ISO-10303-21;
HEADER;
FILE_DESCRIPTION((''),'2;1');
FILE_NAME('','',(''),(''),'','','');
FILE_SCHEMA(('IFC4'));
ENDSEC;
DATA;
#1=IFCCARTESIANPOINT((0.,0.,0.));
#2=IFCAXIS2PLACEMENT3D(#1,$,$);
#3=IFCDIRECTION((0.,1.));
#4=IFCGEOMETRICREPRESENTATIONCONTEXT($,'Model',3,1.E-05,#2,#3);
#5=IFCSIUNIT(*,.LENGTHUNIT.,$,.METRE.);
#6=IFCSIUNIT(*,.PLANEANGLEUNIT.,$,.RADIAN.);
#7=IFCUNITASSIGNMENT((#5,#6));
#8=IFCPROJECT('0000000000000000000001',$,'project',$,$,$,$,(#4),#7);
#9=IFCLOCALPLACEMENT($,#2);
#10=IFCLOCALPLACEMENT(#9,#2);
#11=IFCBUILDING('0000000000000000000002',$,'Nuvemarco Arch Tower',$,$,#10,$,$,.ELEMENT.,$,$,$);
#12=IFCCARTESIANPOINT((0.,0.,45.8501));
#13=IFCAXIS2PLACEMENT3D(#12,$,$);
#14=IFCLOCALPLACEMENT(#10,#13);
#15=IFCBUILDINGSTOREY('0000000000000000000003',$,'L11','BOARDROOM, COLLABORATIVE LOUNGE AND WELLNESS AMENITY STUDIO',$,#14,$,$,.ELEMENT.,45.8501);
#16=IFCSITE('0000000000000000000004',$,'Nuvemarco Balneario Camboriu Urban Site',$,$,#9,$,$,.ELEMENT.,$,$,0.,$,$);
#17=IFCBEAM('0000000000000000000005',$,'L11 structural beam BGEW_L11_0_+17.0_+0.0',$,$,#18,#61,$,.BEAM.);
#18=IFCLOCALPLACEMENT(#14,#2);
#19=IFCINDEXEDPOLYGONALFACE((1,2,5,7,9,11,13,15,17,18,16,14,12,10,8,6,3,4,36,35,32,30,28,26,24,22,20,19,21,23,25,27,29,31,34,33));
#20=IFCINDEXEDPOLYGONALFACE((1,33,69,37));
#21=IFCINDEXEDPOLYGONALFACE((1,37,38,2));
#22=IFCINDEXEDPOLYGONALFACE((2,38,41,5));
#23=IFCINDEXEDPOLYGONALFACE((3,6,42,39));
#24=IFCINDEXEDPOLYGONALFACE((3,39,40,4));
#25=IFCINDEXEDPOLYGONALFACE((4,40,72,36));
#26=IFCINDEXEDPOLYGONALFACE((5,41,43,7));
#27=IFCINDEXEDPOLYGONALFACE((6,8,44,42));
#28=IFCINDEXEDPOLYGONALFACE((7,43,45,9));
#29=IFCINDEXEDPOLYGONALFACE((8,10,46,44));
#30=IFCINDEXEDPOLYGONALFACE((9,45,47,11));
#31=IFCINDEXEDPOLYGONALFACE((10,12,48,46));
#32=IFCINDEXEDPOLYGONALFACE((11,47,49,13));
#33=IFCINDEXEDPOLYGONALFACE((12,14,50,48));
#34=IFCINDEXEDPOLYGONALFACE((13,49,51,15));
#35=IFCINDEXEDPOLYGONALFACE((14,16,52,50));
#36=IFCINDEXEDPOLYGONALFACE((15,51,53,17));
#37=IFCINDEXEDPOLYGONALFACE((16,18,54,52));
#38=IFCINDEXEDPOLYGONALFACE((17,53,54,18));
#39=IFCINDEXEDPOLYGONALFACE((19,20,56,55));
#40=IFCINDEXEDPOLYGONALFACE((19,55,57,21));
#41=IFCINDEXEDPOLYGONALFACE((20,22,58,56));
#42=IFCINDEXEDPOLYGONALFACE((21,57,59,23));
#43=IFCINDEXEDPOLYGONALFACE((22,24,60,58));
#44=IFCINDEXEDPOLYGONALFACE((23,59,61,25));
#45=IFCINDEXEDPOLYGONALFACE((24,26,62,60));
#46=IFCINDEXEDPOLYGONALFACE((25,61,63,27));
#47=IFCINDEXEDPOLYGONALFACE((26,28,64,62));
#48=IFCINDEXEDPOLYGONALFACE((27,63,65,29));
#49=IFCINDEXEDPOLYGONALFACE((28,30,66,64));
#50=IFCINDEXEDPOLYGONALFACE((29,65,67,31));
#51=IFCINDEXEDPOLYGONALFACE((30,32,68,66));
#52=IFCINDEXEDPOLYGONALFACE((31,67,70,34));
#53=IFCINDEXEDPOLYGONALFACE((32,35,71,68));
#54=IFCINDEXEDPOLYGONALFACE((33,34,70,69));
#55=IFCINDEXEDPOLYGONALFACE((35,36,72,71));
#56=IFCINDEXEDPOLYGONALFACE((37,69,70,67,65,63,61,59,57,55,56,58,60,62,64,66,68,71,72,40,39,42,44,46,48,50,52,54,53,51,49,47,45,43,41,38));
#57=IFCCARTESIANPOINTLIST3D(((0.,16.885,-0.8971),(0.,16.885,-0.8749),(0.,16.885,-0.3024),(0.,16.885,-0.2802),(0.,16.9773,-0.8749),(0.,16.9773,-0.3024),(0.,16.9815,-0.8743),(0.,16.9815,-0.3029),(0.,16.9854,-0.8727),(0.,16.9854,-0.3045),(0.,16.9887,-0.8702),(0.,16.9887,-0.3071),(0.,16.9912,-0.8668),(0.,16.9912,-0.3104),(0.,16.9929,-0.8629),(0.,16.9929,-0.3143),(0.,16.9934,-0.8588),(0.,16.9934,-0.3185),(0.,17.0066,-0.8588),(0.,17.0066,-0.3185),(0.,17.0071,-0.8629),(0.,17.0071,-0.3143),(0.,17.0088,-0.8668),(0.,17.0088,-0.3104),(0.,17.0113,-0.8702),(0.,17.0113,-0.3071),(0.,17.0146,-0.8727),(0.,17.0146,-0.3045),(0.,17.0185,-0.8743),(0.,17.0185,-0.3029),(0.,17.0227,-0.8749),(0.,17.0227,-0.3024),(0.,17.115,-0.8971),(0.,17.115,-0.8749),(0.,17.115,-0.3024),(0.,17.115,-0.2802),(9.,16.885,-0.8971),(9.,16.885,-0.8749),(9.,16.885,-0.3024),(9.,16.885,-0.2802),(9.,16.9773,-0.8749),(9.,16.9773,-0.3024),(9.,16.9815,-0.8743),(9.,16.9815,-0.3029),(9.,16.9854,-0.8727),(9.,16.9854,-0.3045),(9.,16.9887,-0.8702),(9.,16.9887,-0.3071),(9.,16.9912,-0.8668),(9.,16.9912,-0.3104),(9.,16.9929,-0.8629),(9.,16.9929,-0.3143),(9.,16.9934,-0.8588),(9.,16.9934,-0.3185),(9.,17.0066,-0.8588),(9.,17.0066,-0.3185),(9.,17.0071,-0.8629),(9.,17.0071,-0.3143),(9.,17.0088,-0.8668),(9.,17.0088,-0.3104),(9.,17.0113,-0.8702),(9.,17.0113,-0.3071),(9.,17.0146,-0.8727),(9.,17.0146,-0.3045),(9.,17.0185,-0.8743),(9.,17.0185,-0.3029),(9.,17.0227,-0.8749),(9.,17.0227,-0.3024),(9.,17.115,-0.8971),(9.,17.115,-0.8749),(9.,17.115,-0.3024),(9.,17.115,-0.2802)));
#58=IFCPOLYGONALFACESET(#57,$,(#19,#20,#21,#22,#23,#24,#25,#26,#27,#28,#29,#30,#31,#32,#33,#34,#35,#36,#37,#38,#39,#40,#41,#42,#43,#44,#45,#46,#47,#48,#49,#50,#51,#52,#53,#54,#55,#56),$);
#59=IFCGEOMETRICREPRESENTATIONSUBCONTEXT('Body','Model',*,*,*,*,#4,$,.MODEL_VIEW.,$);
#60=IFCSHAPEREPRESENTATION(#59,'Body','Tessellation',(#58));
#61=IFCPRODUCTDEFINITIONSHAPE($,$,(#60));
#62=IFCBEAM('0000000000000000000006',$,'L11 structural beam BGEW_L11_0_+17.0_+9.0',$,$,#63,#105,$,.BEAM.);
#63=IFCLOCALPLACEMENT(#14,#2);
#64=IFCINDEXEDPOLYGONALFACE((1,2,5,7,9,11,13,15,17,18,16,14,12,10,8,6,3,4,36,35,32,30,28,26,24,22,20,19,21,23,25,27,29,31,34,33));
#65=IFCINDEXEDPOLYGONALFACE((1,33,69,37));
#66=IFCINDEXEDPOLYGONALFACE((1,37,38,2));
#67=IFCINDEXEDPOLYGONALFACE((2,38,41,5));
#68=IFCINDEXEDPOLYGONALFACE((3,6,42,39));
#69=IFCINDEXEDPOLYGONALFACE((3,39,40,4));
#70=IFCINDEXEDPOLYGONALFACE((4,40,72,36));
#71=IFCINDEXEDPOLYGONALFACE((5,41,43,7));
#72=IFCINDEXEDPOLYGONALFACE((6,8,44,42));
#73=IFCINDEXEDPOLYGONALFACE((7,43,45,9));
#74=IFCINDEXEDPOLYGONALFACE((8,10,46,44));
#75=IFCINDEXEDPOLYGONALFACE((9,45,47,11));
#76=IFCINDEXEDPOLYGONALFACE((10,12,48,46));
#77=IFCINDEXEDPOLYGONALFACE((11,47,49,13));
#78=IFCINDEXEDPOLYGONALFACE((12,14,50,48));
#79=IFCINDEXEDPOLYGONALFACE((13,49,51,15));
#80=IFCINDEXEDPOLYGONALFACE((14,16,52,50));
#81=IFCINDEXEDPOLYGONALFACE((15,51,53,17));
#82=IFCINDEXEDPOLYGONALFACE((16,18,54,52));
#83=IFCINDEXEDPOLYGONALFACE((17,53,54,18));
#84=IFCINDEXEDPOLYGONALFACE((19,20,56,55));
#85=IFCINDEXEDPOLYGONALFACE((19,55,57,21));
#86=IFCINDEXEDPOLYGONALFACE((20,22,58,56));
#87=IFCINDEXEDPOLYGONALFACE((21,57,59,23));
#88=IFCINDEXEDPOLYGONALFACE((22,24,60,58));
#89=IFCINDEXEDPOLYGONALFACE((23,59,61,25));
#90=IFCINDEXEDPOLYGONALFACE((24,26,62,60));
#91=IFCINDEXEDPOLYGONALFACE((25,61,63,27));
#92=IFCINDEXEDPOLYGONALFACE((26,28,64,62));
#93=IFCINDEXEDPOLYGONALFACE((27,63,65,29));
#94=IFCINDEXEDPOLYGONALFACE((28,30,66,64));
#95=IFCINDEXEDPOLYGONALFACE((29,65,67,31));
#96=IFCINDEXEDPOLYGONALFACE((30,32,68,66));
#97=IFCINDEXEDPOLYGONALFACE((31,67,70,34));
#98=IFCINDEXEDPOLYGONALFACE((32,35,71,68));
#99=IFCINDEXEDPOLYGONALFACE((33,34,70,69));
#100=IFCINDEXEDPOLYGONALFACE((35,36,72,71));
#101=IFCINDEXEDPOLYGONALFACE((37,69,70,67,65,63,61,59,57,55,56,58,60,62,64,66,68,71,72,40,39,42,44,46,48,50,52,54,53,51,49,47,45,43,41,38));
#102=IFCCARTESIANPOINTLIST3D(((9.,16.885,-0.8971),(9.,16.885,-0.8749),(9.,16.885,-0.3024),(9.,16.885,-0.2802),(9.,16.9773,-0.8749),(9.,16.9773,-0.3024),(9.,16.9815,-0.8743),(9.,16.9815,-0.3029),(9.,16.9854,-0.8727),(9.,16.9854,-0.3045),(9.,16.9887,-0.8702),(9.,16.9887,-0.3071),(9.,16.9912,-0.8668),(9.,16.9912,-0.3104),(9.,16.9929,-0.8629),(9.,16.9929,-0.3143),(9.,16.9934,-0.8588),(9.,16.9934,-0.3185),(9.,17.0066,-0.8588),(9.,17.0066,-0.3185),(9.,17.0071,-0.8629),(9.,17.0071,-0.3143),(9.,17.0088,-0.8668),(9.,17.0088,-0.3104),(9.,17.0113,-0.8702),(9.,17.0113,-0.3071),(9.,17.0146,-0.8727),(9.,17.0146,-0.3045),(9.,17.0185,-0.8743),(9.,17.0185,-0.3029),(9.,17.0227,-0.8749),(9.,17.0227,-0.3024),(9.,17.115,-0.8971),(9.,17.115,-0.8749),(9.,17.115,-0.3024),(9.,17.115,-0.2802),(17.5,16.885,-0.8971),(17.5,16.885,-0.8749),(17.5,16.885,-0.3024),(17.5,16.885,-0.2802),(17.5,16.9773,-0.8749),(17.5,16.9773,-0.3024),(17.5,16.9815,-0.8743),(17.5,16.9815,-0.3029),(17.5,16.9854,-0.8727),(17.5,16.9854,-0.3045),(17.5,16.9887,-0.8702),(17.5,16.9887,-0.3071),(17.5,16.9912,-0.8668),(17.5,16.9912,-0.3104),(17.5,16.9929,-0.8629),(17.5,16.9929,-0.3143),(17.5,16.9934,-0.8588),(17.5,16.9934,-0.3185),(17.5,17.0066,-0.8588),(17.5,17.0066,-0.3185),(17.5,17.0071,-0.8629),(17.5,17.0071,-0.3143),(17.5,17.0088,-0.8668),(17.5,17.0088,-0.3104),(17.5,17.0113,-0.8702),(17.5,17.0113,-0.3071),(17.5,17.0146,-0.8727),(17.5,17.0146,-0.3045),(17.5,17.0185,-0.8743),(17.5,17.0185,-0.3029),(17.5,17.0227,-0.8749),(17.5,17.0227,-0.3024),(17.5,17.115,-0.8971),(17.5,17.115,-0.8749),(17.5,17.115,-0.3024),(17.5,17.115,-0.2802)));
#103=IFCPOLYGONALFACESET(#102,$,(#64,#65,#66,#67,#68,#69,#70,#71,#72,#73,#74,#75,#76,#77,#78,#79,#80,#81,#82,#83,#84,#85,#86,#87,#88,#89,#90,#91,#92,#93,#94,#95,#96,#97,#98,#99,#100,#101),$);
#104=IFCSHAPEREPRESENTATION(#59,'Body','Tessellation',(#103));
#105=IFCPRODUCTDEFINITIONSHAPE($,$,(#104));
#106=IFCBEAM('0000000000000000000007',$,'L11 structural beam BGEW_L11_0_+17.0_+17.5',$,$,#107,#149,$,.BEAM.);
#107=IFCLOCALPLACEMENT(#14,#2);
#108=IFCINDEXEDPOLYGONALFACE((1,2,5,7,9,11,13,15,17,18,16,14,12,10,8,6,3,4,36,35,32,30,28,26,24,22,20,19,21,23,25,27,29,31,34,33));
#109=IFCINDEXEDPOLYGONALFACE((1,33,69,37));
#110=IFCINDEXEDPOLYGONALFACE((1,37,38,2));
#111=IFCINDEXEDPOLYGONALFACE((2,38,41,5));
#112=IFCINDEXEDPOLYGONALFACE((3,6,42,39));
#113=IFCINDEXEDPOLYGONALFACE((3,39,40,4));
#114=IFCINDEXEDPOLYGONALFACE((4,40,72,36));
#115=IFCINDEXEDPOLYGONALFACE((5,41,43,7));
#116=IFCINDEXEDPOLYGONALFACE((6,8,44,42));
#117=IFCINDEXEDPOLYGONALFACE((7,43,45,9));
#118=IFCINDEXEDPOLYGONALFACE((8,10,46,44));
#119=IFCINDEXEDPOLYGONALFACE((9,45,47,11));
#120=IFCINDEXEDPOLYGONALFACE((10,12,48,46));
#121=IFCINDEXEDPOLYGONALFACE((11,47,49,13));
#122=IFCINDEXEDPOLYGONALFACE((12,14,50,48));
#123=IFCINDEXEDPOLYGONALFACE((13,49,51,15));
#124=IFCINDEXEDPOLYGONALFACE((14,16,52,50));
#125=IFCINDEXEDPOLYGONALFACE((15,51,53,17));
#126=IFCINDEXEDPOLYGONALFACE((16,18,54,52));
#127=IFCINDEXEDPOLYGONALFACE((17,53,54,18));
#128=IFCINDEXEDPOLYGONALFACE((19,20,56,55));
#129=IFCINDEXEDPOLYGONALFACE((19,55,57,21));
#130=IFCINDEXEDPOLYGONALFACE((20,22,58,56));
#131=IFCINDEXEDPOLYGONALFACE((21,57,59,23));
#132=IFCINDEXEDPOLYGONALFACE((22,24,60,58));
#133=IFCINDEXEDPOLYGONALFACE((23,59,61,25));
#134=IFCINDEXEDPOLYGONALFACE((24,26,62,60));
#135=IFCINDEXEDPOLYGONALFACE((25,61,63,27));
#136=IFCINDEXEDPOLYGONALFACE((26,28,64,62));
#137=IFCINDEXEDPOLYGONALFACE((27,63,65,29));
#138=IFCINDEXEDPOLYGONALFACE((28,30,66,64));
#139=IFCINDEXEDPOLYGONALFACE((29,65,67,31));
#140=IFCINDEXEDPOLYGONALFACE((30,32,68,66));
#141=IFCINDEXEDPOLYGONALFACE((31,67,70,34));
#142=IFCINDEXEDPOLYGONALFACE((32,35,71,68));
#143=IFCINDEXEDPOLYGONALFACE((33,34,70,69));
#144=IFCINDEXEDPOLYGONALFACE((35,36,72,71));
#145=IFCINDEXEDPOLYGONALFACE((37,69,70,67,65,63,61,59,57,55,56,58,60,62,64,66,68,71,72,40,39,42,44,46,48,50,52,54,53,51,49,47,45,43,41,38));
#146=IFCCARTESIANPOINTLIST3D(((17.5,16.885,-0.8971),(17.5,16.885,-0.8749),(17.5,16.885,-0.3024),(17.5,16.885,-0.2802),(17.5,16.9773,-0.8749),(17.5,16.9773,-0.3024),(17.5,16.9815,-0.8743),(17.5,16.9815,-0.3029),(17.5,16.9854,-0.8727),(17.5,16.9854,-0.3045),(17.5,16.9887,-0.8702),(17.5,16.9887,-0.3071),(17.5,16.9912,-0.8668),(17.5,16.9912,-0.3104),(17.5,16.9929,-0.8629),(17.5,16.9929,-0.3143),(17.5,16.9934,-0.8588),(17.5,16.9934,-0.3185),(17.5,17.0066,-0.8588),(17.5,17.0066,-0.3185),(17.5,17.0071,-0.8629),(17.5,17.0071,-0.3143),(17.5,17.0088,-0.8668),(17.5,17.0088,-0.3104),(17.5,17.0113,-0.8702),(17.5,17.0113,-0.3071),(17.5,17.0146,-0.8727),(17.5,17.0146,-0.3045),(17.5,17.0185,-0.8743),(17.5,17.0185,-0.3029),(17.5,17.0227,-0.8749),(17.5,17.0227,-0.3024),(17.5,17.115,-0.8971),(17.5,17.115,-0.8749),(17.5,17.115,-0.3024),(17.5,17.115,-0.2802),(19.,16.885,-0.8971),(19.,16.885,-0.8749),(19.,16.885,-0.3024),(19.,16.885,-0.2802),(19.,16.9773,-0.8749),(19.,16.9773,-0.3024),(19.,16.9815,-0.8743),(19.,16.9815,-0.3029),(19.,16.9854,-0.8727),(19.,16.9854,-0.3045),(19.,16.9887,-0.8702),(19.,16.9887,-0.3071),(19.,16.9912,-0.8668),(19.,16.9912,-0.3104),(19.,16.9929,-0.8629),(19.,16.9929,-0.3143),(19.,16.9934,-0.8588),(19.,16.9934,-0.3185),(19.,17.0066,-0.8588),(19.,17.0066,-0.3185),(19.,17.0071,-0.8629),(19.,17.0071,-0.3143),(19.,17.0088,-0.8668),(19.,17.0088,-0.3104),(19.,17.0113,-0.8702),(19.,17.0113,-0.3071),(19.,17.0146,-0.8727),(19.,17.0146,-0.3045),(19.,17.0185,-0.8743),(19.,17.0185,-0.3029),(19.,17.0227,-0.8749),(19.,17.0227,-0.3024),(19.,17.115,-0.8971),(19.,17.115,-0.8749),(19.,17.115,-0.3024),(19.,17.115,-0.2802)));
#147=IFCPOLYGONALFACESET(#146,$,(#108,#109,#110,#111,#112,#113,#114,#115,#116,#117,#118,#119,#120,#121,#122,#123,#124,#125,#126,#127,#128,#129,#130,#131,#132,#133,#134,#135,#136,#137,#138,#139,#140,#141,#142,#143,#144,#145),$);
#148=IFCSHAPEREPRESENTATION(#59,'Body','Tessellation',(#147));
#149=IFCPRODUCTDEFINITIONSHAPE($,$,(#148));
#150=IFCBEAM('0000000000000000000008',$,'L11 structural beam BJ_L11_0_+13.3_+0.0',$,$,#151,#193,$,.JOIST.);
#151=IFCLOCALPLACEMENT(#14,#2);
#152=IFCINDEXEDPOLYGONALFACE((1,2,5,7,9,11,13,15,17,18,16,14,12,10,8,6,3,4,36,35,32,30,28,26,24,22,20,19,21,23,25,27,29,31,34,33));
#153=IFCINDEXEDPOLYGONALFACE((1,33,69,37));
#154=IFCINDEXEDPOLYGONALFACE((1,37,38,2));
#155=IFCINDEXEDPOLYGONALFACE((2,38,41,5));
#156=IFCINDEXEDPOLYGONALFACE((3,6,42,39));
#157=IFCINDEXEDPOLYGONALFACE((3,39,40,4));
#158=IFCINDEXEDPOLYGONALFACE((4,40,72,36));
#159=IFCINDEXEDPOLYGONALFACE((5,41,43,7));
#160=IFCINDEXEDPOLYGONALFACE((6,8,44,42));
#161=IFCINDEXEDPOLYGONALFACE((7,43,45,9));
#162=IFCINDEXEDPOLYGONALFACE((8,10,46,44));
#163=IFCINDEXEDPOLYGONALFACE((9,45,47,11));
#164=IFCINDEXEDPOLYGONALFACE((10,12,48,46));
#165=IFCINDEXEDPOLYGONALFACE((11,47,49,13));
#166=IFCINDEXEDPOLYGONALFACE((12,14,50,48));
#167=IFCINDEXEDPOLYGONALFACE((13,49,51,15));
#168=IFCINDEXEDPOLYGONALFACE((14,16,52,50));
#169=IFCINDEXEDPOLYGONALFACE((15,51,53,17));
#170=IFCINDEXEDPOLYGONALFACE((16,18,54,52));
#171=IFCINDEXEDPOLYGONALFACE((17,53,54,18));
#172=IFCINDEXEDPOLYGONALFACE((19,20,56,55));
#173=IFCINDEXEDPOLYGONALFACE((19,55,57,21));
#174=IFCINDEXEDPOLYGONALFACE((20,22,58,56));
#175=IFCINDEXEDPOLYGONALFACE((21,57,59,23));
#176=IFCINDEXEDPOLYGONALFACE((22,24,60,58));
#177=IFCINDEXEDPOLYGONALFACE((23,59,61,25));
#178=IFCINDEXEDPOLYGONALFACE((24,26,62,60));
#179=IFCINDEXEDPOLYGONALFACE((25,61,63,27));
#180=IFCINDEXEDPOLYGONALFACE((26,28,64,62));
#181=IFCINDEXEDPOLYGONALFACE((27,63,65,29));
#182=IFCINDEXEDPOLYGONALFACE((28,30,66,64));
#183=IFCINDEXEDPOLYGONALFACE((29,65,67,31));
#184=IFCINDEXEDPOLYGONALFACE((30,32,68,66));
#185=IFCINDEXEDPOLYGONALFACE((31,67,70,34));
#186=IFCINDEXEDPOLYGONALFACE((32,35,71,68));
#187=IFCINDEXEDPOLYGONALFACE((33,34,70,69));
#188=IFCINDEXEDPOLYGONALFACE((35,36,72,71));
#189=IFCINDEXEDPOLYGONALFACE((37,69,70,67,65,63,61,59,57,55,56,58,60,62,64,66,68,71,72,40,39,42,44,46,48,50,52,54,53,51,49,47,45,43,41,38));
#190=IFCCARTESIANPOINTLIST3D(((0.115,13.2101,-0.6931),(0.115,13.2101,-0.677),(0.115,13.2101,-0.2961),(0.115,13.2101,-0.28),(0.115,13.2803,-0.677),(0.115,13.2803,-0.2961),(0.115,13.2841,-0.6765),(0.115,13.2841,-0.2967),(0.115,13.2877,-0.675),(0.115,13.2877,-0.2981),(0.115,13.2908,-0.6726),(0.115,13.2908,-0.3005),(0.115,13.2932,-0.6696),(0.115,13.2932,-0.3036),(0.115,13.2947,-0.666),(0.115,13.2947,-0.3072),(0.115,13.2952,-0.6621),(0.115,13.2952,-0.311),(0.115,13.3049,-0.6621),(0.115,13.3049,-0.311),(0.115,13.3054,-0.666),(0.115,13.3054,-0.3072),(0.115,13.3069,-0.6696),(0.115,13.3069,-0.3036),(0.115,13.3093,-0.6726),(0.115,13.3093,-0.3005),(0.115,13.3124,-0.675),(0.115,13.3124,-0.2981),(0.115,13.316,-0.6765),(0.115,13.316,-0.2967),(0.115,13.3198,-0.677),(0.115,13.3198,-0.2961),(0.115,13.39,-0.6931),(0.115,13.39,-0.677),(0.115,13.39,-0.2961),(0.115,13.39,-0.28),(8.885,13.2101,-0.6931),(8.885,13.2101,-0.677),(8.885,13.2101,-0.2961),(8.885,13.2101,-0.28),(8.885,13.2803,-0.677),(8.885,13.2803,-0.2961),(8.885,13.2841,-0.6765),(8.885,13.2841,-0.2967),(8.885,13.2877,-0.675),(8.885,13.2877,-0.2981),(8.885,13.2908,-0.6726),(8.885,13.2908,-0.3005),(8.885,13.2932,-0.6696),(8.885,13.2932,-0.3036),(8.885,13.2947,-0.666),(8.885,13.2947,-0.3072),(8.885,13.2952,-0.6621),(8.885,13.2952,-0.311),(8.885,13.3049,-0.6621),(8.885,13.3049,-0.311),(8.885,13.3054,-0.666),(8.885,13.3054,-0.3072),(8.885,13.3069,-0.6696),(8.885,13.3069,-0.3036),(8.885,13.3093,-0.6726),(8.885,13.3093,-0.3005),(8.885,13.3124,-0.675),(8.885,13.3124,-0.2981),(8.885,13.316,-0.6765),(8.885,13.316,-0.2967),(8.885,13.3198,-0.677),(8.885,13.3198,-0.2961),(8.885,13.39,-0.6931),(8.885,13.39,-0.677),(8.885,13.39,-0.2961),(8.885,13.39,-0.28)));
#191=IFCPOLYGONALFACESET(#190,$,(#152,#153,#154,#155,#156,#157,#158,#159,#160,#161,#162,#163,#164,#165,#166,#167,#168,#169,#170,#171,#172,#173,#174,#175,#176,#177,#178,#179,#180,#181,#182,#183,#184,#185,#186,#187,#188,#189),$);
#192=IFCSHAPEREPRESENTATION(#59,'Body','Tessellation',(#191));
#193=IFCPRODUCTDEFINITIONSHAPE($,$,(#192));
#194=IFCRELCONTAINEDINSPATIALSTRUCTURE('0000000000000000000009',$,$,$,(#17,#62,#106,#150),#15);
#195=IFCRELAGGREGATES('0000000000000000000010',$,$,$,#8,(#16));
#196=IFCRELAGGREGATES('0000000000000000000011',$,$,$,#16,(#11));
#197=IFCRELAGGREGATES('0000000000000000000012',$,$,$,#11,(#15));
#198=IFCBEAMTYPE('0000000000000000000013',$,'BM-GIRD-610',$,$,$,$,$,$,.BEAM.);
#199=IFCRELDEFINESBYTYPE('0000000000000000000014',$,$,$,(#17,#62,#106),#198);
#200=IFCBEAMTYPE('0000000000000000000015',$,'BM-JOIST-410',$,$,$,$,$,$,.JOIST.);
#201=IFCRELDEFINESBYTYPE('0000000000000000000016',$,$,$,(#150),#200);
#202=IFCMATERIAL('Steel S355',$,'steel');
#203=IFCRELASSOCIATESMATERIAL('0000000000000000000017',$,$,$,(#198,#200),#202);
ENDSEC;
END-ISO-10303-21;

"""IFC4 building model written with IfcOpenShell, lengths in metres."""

from ifc_helpers import new_model, si_unit, direction, frame, origin, origin_2d, place, context, subcontext, project, spatial, i_section, extrude, material, material_profile, profile_set, type_object, element, save


model = new_model("IFC4")

# Units and contexts
model_context = context("Model", 3, precision=1e-05, world=origin(), true_north=direction((0.0, 1.0)))
body_context = subcontext(model_context, "Body", "Model", "MODEL_VIEW")
ifc_project = project(units=[si_unit("LENGTHUNIT", "METRE"), si_unit("PLANEANGLEUNIT", "RADIAN")], contexts=[model_context])

# Site, building, storey
site_placement = place(None, origin())
site = spatial("IfcSite", under=ifc_project, at=site_placement, Name="Nuvemarco Balneario Camboriu Urban Site", CompositionType="ELEMENT", RefElevation=0.0)
building_placement = place(site_placement, origin())
building = spatial("IfcBuilding", under=site, at=building_placement, Name="Nuvemarco Arch Tower", CompositionType="ELEMENT")
storey_placement = place(building_placement, frame((0.0, 0.0, 45.8501)))
storey = spatial("IfcBuildingStorey", under=building, at=storey_placement, Name="L11", Description="BOARDROOM, COLLABORATIVE LOUNGE AND WELLNESS AMENITY STUDIO", CompositionType="ELEMENT", Elevation=45.8501)

# Shared definitions
ifc_material_1 = material(Name="Steel S355", Category="steel")

# Beams
ifc_material_profile_1 = material_profile(ifc_material_1, i_section(OverallWidth=0.23, OverallDepth=0.6169, WebThickness=0.0132, FlangeThickness=0.0222, FilletRadius=0.0161, at=origin_2d()), Name="W610x140")
ifc_profile_set_1 = profile_set([ifc_material_profile_1], Name="Steel S355")
beam_type_1 = type_object("IfcBeamType", Name="BM-GIRD-610", PredefinedType="BEAM", material=ifc_profile_set_1)
beam_1_placement = place(storey_placement, frame((0.0, 17.0, -0.5886), z_axis=(1.0, 0.0, 0.0), x_axis=(0.0, 1.0, 0.0)))
element("IfcBeam", 1, at=beam_1_placement, inside=storey, type_object=beam_type_1, Name="L11 structural beam BGEW_L11_0_+17.0_+0.0", PredefinedType="BEAM", context=body_context, shape_type="SweptSolid", body=[
    extrude(i_section(OverallWidth=0.23, OverallDepth=0.6169, WebThickness=0.0132, FlangeThickness=0.0222, FilletRadius=0.0161, at=origin_2d()), origin(), (0.0, 0.0, 1.0), 9.0),
])
beam_2_placement = place(storey_placement, frame((9.0, 17.0, -0.5886), z_axis=(1.0, 0.0, 0.0), x_axis=(0.0, 1.0, 0.0)))
element("IfcBeam", 2, at=beam_2_placement, inside=storey, type_object=beam_type_1, Name="L11 structural beam BGEW_L11_0_+17.0_+9.0", PredefinedType="BEAM", context=body_context, shape_type="SweptSolid", body=[
    extrude(i_section(OverallWidth=0.23, OverallDepth=0.6169, WebThickness=0.0132, FlangeThickness=0.0222, FilletRadius=0.0161, at=origin_2d()), origin(), (0.0, 0.0, 1.0), 8.5),
])
beam_3_placement = place(storey_placement, frame((17.5, 17.0, -0.5886), z_axis=(1.0, 0.0, 0.0), x_axis=(0.0, 1.0, 0.0)))
element("IfcBeam", 3, at=beam_3_placement, inside=storey, type_object=beam_type_1, Name="L11 structural beam BGEW_L11_0_+17.0_+17.5", PredefinedType="BEAM", context=body_context, shape_type="SweptSolid", body=[
    extrude(i_section(OverallWidth=0.23, OverallDepth=0.6169, WebThickness=0.0132, FlangeThickness=0.0222, FilletRadius=0.0161, at=origin_2d()), origin(), (0.0, 0.0, 1.0), 1.5),
])
ifc_material_profile_2 = material_profile(ifc_material_1, i_section(OverallWidth=0.1799, OverallDepth=0.4131, WebThickness=0.0098, FlangeThickness=0.0161, FilletRadius=0.0149, at=origin_2d()), Name="W410x75")
ifc_profile_set_2 = profile_set([ifc_material_profile_2], Name="Steel S355")
beam_type_2 = type_object("IfcBeamType", Name="BM-JOIST-410", PredefinedType="JOIST", material=ifc_profile_set_2)
beam_4_placement = place(storey_placement, frame((0.115, 13.3, -0.4866), z_axis=(1.0, 0.0, 0.0), x_axis=(0.0, 1.0, 0.0)))
element("IfcBeam", 4, at=beam_4_placement, inside=storey, type_object=beam_type_2, Name="L11 structural beam BJ_L11_0_+13.3_+0.0", PredefinedType="JOIST", context=body_context, shape_type="SweptSolid", body=[
    extrude(i_section(OverallWidth=0.1799, OverallDepth=0.4131, WebThickness=0.0098, FlangeThickness=0.0161, FilletRadius=0.0149, at=origin_2d()), origin(), (0.0, 0.0, 1.0), 8.77),
])

save(model, "model.ifc")
